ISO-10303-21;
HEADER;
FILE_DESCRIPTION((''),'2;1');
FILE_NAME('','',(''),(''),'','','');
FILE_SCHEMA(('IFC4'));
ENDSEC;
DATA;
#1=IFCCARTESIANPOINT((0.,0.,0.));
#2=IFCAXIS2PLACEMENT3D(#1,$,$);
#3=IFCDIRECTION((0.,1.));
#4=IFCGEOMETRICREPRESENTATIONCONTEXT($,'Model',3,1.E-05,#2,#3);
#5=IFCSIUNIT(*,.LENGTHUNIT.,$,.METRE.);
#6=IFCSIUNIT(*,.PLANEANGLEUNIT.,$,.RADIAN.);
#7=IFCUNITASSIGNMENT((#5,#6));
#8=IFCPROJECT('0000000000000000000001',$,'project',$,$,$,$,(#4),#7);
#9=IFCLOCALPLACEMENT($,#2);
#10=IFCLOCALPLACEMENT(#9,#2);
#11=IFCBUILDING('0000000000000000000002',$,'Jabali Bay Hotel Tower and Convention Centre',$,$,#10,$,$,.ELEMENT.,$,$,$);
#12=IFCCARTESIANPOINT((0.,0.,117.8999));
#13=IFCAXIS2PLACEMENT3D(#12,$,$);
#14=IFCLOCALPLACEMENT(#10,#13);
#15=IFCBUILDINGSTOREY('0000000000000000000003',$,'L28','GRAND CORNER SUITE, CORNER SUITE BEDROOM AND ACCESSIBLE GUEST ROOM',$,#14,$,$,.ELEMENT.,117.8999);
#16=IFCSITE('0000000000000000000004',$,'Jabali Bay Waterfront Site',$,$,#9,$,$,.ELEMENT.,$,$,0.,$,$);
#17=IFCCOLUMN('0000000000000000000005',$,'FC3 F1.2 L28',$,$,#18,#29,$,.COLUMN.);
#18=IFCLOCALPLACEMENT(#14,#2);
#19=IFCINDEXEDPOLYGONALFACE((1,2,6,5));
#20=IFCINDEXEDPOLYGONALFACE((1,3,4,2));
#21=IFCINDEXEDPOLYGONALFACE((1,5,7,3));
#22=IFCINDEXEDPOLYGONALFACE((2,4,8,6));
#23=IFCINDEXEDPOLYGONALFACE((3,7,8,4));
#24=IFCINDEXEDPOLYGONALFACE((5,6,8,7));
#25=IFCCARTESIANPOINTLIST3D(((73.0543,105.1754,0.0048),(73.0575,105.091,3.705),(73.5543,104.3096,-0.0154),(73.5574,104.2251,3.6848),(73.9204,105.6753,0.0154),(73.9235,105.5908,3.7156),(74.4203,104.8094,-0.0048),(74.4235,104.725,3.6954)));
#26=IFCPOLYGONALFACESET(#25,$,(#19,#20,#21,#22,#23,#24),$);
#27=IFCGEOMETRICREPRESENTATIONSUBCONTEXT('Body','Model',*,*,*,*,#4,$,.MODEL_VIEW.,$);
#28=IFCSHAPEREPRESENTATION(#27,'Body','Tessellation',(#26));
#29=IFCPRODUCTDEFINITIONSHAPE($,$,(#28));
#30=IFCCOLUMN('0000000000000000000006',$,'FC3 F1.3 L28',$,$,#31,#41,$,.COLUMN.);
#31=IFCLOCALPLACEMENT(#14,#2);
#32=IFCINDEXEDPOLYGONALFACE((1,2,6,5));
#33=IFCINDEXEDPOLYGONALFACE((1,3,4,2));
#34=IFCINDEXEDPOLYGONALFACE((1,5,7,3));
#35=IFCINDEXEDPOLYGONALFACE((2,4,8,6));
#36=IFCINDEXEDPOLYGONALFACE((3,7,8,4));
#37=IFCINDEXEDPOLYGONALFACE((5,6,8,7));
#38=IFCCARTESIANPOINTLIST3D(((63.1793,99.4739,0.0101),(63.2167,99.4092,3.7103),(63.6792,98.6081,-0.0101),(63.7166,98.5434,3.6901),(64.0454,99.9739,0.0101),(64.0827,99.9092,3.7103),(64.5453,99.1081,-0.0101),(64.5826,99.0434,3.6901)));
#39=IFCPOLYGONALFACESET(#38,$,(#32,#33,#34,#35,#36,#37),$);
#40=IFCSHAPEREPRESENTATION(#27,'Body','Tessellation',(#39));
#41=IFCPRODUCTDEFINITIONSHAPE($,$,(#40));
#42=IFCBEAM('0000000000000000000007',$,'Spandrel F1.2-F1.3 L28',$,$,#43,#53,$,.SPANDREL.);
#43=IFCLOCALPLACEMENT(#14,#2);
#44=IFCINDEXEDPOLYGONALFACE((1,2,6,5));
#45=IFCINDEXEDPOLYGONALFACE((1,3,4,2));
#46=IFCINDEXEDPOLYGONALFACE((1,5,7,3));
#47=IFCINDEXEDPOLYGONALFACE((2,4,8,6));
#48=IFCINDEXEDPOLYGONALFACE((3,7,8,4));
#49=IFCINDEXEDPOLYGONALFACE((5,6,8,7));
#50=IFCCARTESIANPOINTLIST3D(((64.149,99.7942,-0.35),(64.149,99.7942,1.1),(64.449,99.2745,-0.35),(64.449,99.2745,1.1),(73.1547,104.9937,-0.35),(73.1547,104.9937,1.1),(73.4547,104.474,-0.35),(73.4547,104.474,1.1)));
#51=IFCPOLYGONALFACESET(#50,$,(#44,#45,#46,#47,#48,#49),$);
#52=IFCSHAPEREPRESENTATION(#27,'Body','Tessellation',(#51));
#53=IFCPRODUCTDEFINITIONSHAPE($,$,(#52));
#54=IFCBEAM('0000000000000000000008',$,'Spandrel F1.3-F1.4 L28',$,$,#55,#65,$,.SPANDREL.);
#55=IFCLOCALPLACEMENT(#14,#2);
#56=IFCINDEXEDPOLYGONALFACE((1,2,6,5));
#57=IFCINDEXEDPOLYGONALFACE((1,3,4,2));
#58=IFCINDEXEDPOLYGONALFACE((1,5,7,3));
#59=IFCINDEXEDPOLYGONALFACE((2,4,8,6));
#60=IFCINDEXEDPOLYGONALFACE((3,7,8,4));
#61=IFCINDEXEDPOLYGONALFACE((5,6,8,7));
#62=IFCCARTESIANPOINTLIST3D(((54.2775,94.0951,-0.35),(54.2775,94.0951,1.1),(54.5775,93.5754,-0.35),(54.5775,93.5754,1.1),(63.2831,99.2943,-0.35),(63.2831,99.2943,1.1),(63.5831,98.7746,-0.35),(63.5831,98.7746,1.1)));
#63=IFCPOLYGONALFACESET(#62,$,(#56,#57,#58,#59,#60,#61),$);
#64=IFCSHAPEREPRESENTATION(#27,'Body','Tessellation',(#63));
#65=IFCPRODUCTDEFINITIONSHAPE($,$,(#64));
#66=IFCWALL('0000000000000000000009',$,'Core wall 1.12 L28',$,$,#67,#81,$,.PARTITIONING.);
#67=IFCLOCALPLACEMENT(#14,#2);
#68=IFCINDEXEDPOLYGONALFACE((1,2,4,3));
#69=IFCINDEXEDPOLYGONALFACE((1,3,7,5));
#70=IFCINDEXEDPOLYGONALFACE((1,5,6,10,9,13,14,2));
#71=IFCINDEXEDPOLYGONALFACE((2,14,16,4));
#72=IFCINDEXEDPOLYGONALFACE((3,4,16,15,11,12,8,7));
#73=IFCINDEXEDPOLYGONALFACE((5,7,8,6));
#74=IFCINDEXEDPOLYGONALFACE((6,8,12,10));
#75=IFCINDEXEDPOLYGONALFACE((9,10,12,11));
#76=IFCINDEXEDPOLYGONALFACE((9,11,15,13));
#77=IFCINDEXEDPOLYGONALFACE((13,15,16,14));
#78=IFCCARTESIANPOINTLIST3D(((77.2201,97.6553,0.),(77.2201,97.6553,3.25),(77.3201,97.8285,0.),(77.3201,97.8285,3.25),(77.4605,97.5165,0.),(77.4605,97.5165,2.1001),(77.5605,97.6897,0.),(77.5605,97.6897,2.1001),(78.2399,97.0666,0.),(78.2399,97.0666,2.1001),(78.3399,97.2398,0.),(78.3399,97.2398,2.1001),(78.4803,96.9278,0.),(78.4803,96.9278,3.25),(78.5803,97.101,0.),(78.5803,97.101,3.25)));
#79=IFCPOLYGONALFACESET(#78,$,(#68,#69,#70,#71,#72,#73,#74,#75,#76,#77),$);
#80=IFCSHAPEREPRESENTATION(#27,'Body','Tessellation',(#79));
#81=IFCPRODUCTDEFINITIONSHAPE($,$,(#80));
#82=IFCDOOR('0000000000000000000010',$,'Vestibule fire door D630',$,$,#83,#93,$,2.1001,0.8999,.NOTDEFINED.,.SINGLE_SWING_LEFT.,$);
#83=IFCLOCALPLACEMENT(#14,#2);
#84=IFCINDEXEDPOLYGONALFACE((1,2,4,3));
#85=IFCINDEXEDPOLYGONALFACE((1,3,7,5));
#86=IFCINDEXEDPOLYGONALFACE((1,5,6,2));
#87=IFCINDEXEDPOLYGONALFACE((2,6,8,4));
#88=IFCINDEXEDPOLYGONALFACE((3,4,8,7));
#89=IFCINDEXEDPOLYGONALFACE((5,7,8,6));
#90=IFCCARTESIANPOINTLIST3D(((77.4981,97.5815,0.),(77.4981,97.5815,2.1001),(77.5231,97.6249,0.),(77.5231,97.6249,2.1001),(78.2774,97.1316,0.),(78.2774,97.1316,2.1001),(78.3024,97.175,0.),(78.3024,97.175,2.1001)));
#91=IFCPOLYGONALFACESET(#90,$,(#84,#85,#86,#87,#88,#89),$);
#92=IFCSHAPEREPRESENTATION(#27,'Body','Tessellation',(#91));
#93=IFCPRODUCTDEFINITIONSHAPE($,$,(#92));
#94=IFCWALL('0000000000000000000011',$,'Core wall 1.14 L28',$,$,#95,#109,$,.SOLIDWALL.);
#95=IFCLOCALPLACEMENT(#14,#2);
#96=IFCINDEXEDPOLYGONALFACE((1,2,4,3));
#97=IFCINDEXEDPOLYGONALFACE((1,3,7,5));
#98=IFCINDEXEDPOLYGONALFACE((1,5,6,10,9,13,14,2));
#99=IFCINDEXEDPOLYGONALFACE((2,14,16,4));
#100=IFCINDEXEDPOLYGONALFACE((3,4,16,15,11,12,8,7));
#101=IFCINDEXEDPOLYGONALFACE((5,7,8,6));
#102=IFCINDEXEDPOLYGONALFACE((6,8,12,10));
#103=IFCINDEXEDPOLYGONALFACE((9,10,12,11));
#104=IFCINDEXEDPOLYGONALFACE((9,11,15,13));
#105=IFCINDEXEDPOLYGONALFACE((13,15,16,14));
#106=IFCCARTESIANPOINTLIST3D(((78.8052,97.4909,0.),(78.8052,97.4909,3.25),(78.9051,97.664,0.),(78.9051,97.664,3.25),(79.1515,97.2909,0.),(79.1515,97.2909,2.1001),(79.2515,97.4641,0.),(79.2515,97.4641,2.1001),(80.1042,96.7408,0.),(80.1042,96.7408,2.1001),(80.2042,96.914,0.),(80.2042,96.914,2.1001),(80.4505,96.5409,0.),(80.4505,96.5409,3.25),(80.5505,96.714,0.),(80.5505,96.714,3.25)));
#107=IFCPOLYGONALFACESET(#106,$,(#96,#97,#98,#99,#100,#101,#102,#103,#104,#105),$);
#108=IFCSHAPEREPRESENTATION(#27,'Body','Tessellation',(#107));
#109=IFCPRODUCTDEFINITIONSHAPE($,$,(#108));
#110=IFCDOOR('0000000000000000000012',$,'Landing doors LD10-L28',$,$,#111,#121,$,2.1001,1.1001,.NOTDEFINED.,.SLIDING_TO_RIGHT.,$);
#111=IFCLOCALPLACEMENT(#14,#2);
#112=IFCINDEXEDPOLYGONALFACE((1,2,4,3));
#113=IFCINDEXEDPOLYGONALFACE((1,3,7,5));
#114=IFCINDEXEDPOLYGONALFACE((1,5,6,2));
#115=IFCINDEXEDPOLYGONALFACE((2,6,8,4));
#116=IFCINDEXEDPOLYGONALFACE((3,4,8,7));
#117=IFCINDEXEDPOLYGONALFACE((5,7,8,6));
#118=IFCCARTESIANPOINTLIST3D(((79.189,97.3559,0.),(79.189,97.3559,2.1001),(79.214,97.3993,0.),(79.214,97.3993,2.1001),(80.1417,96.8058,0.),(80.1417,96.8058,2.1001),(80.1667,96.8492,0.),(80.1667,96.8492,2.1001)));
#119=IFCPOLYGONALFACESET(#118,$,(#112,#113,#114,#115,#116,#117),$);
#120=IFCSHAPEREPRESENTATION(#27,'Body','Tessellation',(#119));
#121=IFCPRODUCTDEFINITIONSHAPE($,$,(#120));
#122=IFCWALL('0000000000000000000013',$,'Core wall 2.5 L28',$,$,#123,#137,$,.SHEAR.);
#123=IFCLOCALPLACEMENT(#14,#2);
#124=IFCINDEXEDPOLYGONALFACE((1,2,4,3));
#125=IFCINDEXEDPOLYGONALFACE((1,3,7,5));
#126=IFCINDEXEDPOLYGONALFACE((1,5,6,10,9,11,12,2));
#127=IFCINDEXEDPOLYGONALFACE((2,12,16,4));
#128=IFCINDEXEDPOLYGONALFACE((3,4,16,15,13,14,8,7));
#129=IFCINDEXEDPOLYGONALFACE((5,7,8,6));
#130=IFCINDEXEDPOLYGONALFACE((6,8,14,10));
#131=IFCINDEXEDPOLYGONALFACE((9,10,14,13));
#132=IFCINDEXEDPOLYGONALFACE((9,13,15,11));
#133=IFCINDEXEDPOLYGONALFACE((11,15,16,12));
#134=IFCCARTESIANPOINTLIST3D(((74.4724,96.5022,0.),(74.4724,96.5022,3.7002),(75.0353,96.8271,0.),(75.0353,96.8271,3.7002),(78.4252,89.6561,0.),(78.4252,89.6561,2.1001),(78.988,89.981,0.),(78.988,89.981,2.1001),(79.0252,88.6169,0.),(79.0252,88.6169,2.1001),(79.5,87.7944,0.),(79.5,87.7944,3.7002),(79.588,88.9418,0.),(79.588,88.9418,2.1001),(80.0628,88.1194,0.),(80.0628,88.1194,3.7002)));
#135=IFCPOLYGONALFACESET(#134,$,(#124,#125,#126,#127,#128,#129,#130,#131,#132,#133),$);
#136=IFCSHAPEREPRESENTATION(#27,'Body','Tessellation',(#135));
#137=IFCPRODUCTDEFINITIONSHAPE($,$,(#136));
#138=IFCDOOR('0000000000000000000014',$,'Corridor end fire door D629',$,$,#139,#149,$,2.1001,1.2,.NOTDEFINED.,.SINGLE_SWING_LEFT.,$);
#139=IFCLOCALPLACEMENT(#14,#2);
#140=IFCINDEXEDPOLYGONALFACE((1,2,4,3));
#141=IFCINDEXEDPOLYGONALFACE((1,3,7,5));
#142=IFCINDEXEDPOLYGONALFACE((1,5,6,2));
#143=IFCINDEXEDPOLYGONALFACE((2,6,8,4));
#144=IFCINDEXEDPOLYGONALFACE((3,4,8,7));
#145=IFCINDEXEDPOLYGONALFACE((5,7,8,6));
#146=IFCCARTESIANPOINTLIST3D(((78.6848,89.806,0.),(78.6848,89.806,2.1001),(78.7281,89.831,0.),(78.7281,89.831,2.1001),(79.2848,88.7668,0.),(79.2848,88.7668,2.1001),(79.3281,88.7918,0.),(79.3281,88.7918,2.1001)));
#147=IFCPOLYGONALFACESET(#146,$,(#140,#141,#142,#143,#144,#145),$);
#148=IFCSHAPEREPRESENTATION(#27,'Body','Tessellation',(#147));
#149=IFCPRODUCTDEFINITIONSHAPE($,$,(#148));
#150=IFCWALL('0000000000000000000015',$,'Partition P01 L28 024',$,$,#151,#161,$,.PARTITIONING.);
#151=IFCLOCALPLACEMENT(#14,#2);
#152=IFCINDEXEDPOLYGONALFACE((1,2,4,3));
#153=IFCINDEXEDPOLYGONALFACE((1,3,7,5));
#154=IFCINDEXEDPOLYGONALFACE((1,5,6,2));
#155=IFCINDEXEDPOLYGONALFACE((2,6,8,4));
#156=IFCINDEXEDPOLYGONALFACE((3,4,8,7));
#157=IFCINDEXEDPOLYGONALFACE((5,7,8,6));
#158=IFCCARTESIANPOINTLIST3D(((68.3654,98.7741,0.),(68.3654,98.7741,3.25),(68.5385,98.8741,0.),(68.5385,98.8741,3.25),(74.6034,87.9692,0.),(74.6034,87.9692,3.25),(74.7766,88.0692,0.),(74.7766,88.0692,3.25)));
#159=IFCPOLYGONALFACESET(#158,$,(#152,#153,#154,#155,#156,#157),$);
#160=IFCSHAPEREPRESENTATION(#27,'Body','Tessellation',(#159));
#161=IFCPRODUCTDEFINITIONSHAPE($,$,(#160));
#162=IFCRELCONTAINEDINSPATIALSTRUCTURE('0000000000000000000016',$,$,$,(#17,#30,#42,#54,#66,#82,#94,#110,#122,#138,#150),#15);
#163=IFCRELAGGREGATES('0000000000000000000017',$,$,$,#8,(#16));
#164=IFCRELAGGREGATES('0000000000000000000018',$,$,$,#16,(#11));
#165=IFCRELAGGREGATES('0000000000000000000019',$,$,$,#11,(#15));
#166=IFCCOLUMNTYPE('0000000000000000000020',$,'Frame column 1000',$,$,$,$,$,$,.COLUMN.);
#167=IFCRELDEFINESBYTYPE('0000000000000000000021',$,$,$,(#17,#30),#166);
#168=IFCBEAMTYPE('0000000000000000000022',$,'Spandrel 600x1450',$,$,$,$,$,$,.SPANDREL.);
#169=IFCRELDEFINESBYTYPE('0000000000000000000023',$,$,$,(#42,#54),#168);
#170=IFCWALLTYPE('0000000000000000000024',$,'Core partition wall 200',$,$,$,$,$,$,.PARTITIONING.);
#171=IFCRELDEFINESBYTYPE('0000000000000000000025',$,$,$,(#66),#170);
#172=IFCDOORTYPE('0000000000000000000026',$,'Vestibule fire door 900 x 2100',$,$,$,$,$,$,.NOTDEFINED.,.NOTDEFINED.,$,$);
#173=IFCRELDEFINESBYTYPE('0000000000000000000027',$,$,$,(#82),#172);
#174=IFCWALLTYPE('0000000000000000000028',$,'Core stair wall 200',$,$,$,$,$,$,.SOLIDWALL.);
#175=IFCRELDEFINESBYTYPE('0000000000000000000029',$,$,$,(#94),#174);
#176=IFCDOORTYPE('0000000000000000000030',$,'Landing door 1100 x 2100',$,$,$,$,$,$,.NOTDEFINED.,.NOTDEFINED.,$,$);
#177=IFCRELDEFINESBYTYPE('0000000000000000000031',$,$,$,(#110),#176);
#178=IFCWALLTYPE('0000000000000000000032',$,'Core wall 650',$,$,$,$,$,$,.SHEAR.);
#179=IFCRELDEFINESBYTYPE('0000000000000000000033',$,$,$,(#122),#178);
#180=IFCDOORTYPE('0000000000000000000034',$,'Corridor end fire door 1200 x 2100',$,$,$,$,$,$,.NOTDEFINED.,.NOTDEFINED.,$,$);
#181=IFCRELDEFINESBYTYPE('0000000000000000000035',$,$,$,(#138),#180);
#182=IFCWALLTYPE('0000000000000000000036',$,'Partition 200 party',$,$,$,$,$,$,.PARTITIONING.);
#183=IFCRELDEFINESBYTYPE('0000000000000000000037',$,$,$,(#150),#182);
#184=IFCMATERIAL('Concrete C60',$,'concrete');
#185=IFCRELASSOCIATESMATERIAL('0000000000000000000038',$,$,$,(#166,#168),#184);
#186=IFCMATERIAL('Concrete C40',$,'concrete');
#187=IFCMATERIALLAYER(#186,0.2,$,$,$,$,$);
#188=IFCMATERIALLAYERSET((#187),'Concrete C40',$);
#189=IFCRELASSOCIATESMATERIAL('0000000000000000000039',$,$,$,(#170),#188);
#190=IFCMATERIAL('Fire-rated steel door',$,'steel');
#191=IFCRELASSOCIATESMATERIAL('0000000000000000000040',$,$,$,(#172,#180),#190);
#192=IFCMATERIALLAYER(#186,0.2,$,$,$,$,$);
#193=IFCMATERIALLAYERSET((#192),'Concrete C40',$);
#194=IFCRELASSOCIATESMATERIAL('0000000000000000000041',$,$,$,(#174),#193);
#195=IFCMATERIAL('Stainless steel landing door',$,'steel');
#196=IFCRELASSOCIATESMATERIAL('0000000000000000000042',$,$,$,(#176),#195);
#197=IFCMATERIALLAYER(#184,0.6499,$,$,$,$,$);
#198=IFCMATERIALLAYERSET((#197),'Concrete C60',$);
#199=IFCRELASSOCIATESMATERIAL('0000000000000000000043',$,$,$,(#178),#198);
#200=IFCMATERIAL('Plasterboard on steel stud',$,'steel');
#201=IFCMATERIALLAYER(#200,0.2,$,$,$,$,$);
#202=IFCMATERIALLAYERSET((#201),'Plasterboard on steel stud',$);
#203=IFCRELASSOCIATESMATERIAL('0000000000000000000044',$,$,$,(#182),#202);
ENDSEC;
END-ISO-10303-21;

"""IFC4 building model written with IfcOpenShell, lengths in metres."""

from ifc_helpers import new_model, si_unit, direction, frame, frame_2d, origin, origin_2d, place, context, subcontext, project, spatial, rectangle, extrude, material, layer, layer_set, material_profile, profile_set, type_object, element, fill, save


model = new_model("IFC4")

# Units and contexts
model_context = context("Model", 3, precision=1e-05, world=origin(), true_north=direction((0.0, 1.0)))
body_context = subcontext(model_context, "Body", "Model", "MODEL_VIEW")
ifc_project = project(units=[si_unit("LENGTHUNIT", "METRE"), si_unit("PLANEANGLEUNIT", "RADIAN")], contexts=[model_context])

# Site, building, storey
site_placement = place(None, origin())
site = spatial("IfcSite", under=ifc_project, at=site_placement, Name="Jabali Bay Waterfront Site", CompositionType="ELEMENT", RefElevation=0.0)
building_placement = place(site_placement, origin())
building = spatial("IfcBuilding", under=site, at=building_placement, Name="Jabali Bay Hotel Tower and Convention Centre", CompositionType="ELEMENT")
storey_placement = place(building_placement, frame((0.0, 0.0, 117.8999)))
storey = spatial("IfcBuildingStorey", under=building, at=storey_placement, Name="L28", Description="GRAND CORNER SUITE, CORNER SUITE BEDROOM AND ACCESSIBLE GUEST ROOM", CompositionType="ELEMENT", Elevation=117.8999)

# Columns
ifc_material_1 = material(Name="Concrete C60", Category="concrete")
ifc_material_profile_1 = material_profile(ifc_material_1, rectangle(XDim=1.0, YDim=1.0, at=origin_2d()), Name="Frame column 1000")
ifc_profile_set_1 = profile_set([ifc_material_profile_1], Name="Concrete C60")
column_type = type_object("IfcColumnType", Name="Frame column 1000", PredefinedType="COLUMN", material=ifc_profile_set_1)
column_1_placement = place(storey_placement, frame((73.7373, 104.9924, 0.0), z_axis=(0.000858, -0.022823, 0.999739), x_axis=(0.866054, 0.499836, 0.010668)))
element("IfcColumn", 1, at=column_1_placement, inside=storey, type_object=column_type, Name="FC3 F1.2 L28", PredefinedType="COLUMN", context=body_context, shape_type="SweptSolid", body=[
    extrude(rectangle(XDim=1.0, YDim=1.0, at=origin_2d()), origin(), (0.0, 0.0, 1.0), 3.7012),
])
column_2_placement = place(storey_placement, frame((63.8623, 99.291, 0.0), z_axis=(0.010093, -0.017481, 0.999796), x_axis=(-0.499897, 0.86585, 0.020186)))
element("IfcColumn", 2, at=column_2_placement, inside=storey, type_object=column_type, Name="FC3 F1.3 L28", PredefinedType="COLUMN", context=body_context, shape_type="SweptSolid", body=[
    extrude(rectangle(XDim=1.0, YDim=1.0, at=origin_2d()), origin(), (0.0, 0.0, 1.0), 3.7009),
])

# Beams
ifc_material_profile_2 = material_profile(ifc_material_1, rectangle(XDim=0.6001, YDim=1.45, at=origin_2d()), Name="Spandrel 600x1450")
ifc_profile_set_2 = profile_set([ifc_material_profile_2], Name="Concrete C60")
beam_type = type_object("IfcBeamType", Name="Spandrel 600x1450", PredefinedType="SPANDREL", material=ifc_profile_set_2)
beam_1_placement = place(storey_placement, frame((73.3047, 104.7339, 0.375), z_axis=(-0.866023, -0.500005, 0.0), x_axis=(0.500005, -0.866023, 0.0)))
element("IfcBeam", 3, at=beam_1_placement, inside=storey, type_object=beam_type, Name="Spandrel F1.2-F1.3 L28", PredefinedType="SPANDREL", context=body_context, shape_type="SweptSolid", body=[
    extrude(rectangle(XDim=0.6001, YDim=1.45, at=origin_2d()), origin(), (0.0, 0.0, 1.0), 10.3989),
])
beam_2_placement = place(storey_placement, frame((63.4331, 99.0344, 0.375), z_axis=(-0.866033, -0.499987, 0.0), x_axis=(0.499987, -0.866033, 0.0)))
element("IfcBeam", 4, at=beam_2_placement, inside=storey, type_object=beam_type, Name="Spandrel F1.3-F1.4 L28", PredefinedType="SPANDREL", context=body_context, shape_type="SweptSolid", body=[
    extrude(rectangle(XDim=0.6001, YDim=1.45, at=origin_2d()), origin(), (0.0, 0.0, 1.0), 10.3987),
])

# Walls, openings, doors
ifc_material_2 = material(Name="Concrete C40", Category="concrete")
ifc_layer_1 = layer(ifc_material_2, 0.2)
ifc_layer_set_1 = layer_set([ifc_layer_1], Name="Concrete C40")
wall_type_1 = type_object("IfcWallType", Name="Core partition wall 200", PredefinedType="PARTITIONING", material=ifc_layer_set_1)
wall_1_placement = place(storey_placement, frame((78.5303, 97.0144, 0.0), z_axis=(0.0, 0.0, 1.0), x_axis=(-0.866046, 0.499965, 0.0)))
wall_1 = element("IfcWall", 5, at=wall_1_placement, inside=storey, type_object=wall_type_1, Name="Core wall 1.12 L28", PredefinedType="PARTITIONING", context=body_context, shape_type="SweptSolid", body=[
    extrude(rectangle(XDim=1.4551, YDim=0.2, at=frame_2d((0.7275, 0.0))), origin(), (0.0, 0.0, 1.0), 3.25),
])
opening_1_placement = place(wall_1_placement, frame((0.2776, 0.0, 0.0)))
opening_1 = element("IfcOpeningElement", 6, at=opening_1_placement, cuts=wall_1, PredefinedType="OPENING", context=body_context, shape_type="SweptSolid", body=[
    extrude(rectangle(XDim=0.8999, YDim=2.1001, at=frame_2d((0.45, 1.05))), frame((0.0, 0.1104, 0.0), z_axis=(0.0, -1.0, 0.0), x_axis=(1.0, 0.0, 0.0)), (0.0, 0.0, 1.0), 0.2209),
])
ifc_material_3 = material(Name="Fire-rated steel door", Category="steel")
door_type_1 = type_object("IfcDoorType", Name="Vestibule fire door 900 x 2100", OperationType="NOTDEFINED", PredefinedType="NOTDEFINED", material=ifc_material_3)
door_1_placement = place(opening_1_placement, origin())
door_1 = element("IfcDoor", 7, at=door_1_placement, inside=storey, type_object=door_type_1, Name="Vestibule fire door D630", OperationType="SINGLE_SWING_LEFT", OverallHeight=2.1001, OverallWidth=0.8999, PredefinedType="NOTDEFINED", context=body_context, shape_type="SweptSolid", body=[
    extrude(rectangle(XDim=0.8999, YDim=2.1001, at=frame_2d((0.45, 1.05))), frame((0.0, 0.0249, 0.0), z_axis=(0.0, -1.0, 0.0), x_axis=(1.0, 0.0, 0.0)), (0.0, 0.0, 1.0), 0.05),
])
fill(opening_1, door_1)
ifc_layer_2 = layer(ifc_material_2, 0.2)
ifc_layer_set_2 = layer_set([ifc_layer_2], Name="Concrete C40")
wall_type_2 = type_object("IfcWallType", Name="Core stair wall 200", PredefinedType="SOLIDWALL", material=ifc_layer_set_2)
wall_2_placement = place(storey_placement, frame((80.5005, 96.6274, 0.0), z_axis=(0.0, 0.0, 1.0), x_axis=(-0.866012, 0.500023, 0.0)))
wall_2 = element("IfcWall", 8, at=wall_2_placement, inside=storey, type_object=wall_type_2, Name="Core wall 1.14 L28", PredefinedType="SOLIDWALL", context=body_context, shape_type="SweptSolid", body=[
    extrude(rectangle(XDim=1.8999, YDim=0.2, at=frame_2d((0.95, 0.0))), origin(), (0.0, 0.0, 1.0), 3.25),
])
opening_2_placement = place(wall_2_placement, frame((0.3999, 0.0, 0.0)))
opening_2 = element("IfcOpeningElement", 9, at=opening_2_placement, cuts=wall_2, PredefinedType="OPENING", context=body_context, shape_type="SweptSolid", body=[
    extrude(rectangle(XDim=1.1001, YDim=2.1001, at=frame_2d((0.55, 1.05))), frame((0.0, 0.1104, 0.0), z_axis=(0.0, -1.0, 0.0), x_axis=(1.0, 0.0, 0.0)), (0.0, 0.0, 1.0), 0.2209),
])
ifc_material_4 = material(Name="Stainless steel landing door", Category="steel")
door_type_2 = type_object("IfcDoorType", Name="Landing door 1100 x 2100", OperationType="NOTDEFINED", PredefinedType="NOTDEFINED", material=ifc_material_4)
door_2_placement = place(opening_2_placement, origin())
door_2 = element("IfcDoor", 10, at=door_2_placement, inside=storey, type_object=door_type_2, Name="Landing doors LD10-L28", OperationType="SLIDING_TO_RIGHT", OverallHeight=2.1001, OverallWidth=1.1001, PredefinedType="NOTDEFINED", context=body_context, shape_type="SweptSolid", body=[
    extrude(rectangle(XDim=1.1001, YDim=2.1001, at=frame_2d((0.55, 1.05))), frame((0.0, 0.0249, 0.0), z_axis=(0.0, -1.0, 0.0), x_axis=(1.0, 0.0, 0.0)), (0.0, 0.0, 1.0), 0.05),
])
fill(opening_2, door_2)
ifc_layer_3 = layer(ifc_material_1, 0.6499)
ifc_layer_set_3 = layer_set([ifc_layer_3], Name="Concrete C60")
wall_type_3 = type_object("IfcWallType", Name="Core wall 650", PredefinedType="SHEAR", material=ifc_layer_set_3)
wall_3_placement = place(storey_placement, frame((74.7539, 96.6646, 0.0), z_axis=(0.0, 0.0, 1.0), x_axis=(0.500012, -0.866019, 0.0)))
wall_3 = element("IfcWall", 11, at=wall_3_placement, inside=storey, type_object=wall_type_3, Name="Core wall 2.5 L28", PredefinedType="SHEAR", context=body_context, shape_type="SweptSolid", body=[
    extrude(rectangle(XDim=10.0549, YDim=0.6499, at=frame_2d((5.0273, 0.0))), origin(), (0.0, 0.0, 1.0), 3.7002),
])
opening_3_placement = place(wall_3_placement, frame((7.905, 0.0, 0.0)))
opening_3 = element("IfcOpeningElement", 12, at=opening_3_placement, cuts=wall_3, PredefinedType="OPENING", context=body_context, shape_type="SweptSolid", body=[
    extrude(rectangle(XDim=1.2, YDim=2.1001, at=frame_2d((0.6001, 1.05))), frame((0.0, 0.3354, 0.0), z_axis=(0.0, -1.0, 0.0), x_axis=(1.0, 0.0, 0.0)), (0.0, 0.0, 1.0), 0.6709),
])
door_type_3 = type_object("IfcDoorType", Name="Corridor end fire door 1200 x 2100", OperationType="NOTDEFINED", PredefinedType="NOTDEFINED", material=ifc_material_3)
door_3_placement = place(opening_3_placement, origin())
door_3 = element("IfcDoor", 13, at=door_3_placement, inside=storey, type_object=door_type_3, Name="Corridor end fire door D629", OperationType="SINGLE_SWING_LEFT", OverallHeight=2.1001, OverallWidth=1.2, PredefinedType="NOTDEFINED", context=body_context, shape_type="SweptSolid", body=[
    extrude(rectangle(XDim=1.2, YDim=2.1001, at=frame_2d((0.6001, 1.05))), frame((0.0, 0.0249, 0.0), z_axis=(0.0, -1.0, 0.0), x_axis=(1.0, 0.0, 0.0)), (0.0, 0.0, 1.0), 0.05),
])
fill(opening_3, door_3)

# Wall
ifc_material_5 = material(Name="Plasterboard on steel stud", Category="steel")
ifc_layer_4 = layer(ifc_material_5, 0.2)
ifc_layer_set_4 = layer_set([ifc_layer_4], Name="Plasterboard on steel stud")
wall_type_4 = type_object("IfcWallType", Name="Partition 200 party", PredefinedType="PARTITIONING", material=ifc_layer_set_4)
wall_4_placement = place(storey_placement, frame((68.4519, 98.8242, 0.0), z_axis=(0.0, 0.0, 1.0), x_axis=(0.499988, -0.866032, 0.0)))
element("IfcWall", 14, at=wall_4_placement, inside=storey, type_object=wall_type_4, Name="Partition P01 L28 024", PredefinedType="PARTITIONING", context=body_context, shape_type="SweptSolid", body=[
    extrude(rectangle(XDim=12.4763, YDim=0.2, at=frame_2d((6.2383, 0.0))), origin(), (0.0, 0.0, 1.0), 3.25),
])

save(model, "model.ifc")
